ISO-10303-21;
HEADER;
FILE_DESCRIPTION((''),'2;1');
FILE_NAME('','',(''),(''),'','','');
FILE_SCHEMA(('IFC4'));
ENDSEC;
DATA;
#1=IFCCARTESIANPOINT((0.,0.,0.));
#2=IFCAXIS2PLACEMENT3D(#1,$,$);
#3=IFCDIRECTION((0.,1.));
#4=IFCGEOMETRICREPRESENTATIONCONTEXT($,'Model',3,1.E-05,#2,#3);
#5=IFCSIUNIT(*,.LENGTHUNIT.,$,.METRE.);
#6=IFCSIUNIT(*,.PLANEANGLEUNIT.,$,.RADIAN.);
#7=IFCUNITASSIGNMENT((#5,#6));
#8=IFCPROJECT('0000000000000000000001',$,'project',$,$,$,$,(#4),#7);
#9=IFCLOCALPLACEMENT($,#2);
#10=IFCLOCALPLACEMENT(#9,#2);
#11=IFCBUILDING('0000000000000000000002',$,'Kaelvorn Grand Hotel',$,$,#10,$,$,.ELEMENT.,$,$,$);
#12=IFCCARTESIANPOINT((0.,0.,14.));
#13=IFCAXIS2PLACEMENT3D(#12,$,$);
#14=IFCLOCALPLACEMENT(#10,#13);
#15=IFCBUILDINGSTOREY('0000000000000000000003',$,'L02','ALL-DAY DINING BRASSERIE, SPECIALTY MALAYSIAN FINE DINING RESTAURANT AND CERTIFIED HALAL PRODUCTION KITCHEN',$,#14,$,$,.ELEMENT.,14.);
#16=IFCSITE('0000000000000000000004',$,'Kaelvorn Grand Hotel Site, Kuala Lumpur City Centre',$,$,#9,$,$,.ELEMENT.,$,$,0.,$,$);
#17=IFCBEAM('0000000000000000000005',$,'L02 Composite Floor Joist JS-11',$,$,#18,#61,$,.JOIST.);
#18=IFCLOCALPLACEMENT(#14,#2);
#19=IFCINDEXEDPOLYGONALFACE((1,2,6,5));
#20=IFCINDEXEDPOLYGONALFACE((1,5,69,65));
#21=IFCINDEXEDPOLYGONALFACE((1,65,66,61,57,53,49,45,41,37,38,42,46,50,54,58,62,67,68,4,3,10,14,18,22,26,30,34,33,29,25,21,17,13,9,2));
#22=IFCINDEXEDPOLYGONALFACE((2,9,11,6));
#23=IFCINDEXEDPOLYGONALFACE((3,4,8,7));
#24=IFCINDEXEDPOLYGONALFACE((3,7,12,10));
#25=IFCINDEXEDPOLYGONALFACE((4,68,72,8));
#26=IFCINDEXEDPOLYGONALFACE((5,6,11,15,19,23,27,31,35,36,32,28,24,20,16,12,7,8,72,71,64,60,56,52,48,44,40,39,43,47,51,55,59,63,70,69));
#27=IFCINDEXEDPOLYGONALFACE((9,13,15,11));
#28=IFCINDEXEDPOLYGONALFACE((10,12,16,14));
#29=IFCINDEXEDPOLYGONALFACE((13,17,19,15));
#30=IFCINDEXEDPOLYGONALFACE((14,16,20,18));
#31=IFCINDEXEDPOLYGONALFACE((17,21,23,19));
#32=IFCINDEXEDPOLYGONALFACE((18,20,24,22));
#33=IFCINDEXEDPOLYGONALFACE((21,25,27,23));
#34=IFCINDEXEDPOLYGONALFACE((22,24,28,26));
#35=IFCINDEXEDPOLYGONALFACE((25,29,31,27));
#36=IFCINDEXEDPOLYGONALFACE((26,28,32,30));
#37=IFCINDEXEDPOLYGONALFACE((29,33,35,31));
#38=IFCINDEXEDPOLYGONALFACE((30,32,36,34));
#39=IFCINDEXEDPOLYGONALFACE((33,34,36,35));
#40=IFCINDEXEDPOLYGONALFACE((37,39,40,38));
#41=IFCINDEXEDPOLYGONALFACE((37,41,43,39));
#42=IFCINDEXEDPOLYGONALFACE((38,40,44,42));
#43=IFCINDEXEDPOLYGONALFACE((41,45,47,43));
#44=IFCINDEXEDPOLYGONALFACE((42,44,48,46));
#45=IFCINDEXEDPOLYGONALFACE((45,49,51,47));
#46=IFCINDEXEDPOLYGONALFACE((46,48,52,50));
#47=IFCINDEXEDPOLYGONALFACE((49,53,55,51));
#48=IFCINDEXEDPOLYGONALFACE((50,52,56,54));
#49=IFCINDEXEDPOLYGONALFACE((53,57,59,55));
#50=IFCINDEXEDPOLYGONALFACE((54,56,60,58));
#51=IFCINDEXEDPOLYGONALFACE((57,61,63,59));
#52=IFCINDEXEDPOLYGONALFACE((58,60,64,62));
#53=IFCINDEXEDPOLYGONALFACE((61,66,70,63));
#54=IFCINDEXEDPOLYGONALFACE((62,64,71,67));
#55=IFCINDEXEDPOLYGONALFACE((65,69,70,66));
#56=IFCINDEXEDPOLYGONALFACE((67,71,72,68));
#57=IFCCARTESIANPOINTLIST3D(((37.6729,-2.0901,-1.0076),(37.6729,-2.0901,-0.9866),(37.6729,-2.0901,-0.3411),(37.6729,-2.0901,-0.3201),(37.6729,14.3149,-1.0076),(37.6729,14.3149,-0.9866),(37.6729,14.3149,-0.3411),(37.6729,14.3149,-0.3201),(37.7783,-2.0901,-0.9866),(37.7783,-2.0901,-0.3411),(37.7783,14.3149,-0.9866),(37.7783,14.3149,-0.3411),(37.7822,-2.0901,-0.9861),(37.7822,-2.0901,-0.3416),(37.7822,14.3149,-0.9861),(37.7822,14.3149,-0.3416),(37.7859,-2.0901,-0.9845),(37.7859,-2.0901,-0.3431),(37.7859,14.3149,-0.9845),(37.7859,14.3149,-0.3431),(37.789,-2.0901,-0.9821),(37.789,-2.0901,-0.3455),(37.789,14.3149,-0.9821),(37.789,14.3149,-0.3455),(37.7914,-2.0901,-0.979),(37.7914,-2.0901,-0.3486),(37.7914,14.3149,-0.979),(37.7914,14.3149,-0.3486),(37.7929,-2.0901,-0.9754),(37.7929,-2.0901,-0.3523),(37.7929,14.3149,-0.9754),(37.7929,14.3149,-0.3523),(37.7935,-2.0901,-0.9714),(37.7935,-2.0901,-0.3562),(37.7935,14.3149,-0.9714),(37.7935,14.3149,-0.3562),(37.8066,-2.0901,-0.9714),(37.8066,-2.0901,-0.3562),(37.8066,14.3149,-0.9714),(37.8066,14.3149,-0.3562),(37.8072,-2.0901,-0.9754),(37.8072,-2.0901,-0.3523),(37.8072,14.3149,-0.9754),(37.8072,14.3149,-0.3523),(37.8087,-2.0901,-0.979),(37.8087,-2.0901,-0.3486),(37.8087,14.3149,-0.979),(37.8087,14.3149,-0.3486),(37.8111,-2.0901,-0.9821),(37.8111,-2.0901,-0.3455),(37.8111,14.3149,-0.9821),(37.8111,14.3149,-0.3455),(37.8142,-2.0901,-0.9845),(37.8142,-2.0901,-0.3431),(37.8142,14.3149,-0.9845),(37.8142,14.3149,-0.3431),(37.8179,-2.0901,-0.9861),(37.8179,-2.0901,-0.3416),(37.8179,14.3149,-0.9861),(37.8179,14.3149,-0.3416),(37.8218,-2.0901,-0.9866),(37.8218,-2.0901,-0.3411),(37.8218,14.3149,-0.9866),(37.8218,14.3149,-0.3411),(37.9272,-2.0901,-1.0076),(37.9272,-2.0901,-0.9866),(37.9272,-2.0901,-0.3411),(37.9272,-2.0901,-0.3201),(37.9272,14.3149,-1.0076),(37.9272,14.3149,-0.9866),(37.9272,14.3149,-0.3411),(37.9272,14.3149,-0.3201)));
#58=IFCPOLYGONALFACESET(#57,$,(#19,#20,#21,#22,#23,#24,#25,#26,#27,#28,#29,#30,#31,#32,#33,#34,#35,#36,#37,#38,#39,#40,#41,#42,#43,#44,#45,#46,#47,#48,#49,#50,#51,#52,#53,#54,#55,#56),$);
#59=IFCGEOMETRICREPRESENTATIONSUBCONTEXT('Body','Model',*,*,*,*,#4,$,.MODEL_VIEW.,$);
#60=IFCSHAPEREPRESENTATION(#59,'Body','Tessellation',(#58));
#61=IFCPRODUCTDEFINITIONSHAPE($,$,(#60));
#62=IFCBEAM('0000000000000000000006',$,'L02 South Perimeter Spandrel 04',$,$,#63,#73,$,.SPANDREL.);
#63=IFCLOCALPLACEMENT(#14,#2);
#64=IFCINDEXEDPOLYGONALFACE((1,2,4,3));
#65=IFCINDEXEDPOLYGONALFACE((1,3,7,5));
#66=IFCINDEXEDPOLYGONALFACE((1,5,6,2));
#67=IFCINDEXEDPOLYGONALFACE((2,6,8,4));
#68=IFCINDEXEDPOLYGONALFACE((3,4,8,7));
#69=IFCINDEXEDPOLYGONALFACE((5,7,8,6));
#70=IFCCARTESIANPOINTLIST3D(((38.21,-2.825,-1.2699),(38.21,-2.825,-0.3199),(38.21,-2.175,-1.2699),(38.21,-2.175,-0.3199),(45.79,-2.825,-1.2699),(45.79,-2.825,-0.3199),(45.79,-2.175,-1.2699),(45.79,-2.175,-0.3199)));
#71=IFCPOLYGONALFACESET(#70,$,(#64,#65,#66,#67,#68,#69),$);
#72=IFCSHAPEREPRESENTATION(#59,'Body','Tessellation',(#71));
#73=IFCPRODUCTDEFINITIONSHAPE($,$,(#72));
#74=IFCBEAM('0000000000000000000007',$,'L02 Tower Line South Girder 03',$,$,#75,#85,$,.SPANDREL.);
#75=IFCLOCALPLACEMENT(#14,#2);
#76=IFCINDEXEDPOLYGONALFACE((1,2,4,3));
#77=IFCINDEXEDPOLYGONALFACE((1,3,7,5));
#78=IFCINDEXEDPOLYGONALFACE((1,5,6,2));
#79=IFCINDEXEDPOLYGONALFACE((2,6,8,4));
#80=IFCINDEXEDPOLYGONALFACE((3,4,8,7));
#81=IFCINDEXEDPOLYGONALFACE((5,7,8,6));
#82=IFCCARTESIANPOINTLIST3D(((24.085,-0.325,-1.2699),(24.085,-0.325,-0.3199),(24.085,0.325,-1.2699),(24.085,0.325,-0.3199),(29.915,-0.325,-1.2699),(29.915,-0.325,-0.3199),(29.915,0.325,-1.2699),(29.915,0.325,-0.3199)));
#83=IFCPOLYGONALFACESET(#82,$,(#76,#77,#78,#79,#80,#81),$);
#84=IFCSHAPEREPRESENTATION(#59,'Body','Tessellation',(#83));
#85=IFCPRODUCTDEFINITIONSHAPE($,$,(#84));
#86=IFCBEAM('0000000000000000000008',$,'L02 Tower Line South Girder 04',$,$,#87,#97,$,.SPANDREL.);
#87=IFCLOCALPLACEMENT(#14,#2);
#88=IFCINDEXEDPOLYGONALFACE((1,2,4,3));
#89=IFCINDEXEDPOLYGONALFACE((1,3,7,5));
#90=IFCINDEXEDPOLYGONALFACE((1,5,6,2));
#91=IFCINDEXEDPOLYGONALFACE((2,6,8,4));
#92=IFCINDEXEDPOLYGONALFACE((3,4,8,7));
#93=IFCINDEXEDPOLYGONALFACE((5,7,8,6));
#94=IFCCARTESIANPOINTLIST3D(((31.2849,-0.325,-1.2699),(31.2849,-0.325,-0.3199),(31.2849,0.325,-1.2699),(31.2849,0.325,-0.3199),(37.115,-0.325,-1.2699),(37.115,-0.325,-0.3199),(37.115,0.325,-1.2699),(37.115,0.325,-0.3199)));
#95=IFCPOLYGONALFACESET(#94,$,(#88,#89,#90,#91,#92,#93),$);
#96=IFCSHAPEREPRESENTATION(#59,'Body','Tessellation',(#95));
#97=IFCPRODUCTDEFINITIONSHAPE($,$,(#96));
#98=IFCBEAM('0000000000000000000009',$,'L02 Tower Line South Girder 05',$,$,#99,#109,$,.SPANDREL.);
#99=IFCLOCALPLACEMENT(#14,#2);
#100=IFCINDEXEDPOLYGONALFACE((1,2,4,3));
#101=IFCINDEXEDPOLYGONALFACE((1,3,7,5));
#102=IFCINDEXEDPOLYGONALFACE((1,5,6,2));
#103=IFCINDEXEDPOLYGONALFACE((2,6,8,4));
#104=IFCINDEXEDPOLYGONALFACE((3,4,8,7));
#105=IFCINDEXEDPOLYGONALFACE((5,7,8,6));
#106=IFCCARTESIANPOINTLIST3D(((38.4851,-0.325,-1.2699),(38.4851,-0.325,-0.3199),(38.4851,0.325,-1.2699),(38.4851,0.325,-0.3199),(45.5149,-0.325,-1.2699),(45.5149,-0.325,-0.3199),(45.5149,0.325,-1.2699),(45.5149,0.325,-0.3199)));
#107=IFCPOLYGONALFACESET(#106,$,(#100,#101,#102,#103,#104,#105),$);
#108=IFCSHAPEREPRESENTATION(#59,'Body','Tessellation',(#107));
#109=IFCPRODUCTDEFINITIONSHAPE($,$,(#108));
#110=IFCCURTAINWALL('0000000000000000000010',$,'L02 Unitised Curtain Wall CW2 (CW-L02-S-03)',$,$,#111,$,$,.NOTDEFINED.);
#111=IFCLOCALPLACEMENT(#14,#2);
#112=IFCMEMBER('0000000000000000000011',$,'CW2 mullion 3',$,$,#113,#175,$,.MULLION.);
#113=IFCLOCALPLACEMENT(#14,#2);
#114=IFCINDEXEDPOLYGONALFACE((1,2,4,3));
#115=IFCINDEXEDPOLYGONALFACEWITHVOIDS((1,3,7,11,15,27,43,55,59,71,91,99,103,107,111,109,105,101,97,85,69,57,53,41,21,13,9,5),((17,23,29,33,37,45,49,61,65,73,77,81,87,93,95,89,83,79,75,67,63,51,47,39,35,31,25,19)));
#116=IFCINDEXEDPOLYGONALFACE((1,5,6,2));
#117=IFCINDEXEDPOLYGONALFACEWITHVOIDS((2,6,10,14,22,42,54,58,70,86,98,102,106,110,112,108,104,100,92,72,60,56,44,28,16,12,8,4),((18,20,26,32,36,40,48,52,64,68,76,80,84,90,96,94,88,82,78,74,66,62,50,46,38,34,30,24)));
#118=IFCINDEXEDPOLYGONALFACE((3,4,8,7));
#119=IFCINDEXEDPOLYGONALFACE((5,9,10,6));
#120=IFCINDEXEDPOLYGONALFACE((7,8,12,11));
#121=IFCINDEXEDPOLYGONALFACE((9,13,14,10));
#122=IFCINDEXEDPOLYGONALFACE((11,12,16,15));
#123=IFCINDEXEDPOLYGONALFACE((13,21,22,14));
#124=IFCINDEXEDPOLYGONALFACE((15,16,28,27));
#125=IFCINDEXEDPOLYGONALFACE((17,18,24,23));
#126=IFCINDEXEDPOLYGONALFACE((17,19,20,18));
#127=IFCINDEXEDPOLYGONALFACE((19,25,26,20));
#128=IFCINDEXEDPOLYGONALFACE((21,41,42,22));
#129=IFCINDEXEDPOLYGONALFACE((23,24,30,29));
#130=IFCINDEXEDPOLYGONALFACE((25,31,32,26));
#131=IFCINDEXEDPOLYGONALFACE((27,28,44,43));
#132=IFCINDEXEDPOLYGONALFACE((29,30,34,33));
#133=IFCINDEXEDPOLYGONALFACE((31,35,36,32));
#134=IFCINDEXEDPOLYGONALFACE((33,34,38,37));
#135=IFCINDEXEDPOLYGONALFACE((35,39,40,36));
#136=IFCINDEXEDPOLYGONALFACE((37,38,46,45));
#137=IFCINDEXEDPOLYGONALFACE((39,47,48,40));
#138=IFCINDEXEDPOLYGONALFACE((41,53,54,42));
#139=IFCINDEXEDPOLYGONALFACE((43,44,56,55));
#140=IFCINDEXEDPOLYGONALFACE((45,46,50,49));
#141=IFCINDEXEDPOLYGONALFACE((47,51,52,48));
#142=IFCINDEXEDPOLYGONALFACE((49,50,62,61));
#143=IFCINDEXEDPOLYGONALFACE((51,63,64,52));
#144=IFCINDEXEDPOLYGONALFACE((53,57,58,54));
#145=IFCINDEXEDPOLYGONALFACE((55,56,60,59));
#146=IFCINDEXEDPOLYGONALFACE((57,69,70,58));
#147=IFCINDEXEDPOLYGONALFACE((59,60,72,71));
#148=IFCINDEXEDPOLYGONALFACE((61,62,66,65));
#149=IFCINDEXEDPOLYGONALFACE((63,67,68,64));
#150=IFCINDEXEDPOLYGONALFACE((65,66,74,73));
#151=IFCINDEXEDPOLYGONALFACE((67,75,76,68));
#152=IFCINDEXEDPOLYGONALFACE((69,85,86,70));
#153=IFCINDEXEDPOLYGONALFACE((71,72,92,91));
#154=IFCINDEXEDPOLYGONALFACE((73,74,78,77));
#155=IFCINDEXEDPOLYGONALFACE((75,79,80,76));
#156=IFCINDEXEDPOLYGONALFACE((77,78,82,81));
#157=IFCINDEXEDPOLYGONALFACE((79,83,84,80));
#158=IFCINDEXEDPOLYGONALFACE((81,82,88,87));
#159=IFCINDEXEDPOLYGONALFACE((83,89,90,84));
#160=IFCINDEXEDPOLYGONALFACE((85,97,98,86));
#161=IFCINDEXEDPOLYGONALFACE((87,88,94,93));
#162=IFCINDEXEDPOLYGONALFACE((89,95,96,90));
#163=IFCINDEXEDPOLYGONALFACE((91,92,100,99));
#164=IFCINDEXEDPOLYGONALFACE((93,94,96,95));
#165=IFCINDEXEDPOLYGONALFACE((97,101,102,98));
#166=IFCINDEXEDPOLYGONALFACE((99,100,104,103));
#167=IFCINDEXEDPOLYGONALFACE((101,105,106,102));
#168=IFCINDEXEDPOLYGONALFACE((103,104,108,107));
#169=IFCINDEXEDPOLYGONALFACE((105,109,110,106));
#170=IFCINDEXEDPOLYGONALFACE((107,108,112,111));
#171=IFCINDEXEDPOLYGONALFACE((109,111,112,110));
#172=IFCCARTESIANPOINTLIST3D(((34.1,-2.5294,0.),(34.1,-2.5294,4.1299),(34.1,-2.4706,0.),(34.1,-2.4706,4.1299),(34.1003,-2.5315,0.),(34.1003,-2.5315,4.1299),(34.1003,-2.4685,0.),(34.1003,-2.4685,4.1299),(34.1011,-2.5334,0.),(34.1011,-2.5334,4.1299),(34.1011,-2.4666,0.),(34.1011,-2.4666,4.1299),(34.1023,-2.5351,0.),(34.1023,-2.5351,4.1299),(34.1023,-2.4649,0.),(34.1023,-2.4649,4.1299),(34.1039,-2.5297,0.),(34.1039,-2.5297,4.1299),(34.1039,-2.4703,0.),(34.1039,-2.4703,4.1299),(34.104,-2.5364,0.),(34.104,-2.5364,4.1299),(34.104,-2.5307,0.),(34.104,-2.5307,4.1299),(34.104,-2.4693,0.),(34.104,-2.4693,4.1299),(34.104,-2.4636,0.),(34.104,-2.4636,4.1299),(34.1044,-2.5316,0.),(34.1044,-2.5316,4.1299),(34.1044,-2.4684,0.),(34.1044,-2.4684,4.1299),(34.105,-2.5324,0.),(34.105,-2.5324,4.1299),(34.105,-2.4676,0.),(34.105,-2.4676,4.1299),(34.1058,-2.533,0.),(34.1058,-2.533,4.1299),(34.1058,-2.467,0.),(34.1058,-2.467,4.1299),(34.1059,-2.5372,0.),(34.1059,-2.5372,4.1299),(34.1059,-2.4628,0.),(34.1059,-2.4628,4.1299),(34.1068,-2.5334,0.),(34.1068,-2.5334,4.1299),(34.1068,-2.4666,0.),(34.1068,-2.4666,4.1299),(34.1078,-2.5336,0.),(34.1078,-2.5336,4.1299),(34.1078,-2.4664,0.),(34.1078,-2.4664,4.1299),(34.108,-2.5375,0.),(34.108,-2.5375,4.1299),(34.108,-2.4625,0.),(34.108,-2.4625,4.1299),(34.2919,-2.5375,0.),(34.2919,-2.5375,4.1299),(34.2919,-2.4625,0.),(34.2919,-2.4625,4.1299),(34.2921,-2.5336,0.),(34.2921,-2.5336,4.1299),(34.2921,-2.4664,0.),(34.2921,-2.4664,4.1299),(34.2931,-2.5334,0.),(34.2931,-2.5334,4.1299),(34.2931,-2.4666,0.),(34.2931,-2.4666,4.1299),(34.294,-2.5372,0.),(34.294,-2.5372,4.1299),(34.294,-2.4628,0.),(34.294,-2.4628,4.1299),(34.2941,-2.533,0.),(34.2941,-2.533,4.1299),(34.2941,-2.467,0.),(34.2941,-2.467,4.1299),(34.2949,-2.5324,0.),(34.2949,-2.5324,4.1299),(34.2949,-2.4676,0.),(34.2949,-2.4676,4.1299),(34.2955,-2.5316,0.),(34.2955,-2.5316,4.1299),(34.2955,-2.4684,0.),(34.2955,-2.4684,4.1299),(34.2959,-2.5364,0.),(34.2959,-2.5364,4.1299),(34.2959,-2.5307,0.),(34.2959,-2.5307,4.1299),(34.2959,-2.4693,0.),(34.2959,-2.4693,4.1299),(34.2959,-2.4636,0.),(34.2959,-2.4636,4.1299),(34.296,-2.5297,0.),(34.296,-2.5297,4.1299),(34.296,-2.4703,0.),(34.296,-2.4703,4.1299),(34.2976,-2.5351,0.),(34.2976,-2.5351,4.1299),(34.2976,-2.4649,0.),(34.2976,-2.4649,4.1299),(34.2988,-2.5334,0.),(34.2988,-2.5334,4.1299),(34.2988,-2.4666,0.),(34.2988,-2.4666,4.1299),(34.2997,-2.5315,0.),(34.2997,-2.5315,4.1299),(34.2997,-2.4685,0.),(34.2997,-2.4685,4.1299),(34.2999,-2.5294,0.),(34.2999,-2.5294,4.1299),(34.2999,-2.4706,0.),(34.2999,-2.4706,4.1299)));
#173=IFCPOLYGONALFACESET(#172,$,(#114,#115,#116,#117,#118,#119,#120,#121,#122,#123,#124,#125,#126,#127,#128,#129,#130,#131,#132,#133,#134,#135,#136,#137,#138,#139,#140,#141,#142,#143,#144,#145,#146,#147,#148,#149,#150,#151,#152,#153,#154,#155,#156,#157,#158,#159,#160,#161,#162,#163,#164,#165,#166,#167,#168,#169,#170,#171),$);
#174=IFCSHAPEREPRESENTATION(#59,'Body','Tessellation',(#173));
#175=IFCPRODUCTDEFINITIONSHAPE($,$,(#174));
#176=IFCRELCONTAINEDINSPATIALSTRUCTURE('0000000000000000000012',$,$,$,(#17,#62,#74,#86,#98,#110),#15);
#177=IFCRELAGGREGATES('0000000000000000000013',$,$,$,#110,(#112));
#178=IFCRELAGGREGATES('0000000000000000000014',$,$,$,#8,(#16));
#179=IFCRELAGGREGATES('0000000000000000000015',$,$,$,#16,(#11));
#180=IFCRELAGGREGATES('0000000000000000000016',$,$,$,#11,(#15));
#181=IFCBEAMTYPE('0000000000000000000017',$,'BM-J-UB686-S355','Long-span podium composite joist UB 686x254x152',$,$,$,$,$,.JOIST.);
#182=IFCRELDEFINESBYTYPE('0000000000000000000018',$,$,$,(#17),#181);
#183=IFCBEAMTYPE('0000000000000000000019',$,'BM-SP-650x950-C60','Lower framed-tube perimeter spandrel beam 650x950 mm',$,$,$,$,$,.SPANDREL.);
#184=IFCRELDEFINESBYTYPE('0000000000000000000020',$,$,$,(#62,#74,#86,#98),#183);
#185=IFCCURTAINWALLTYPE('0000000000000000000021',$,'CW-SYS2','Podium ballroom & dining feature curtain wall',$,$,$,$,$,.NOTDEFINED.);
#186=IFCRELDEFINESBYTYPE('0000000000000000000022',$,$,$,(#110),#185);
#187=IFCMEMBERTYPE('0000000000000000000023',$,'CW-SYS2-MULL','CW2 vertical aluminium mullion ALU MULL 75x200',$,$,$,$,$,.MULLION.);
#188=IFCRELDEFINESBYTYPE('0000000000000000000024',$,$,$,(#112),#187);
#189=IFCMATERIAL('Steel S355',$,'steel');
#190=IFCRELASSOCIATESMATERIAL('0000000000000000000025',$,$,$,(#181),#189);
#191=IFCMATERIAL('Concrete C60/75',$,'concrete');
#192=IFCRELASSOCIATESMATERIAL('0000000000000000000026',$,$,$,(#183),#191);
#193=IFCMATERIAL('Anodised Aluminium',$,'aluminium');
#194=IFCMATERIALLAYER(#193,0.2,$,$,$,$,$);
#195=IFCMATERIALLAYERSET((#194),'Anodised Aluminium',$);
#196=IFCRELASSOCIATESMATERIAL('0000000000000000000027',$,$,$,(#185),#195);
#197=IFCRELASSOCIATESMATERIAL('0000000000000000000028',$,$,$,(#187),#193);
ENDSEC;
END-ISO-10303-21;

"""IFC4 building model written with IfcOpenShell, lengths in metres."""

from ifc_helpers import new_model, si_unit, direction, frame, origin, origin_2d, place, context, subcontext, project, spatial, rectangle, hollow_rectangle, i_section, extrude, material, layer, layer_set, material_profile, profile_set, type_object, element, aggregate, save


model = new_model("IFC4")

# Units and contexts
model_context = context("Model", 3, precision=1e-05, world=origin(), true_north=direction((0.0, 1.0)))
body_context = subcontext(model_context, "Body", "Model", "MODEL_VIEW")
ifc_project = project(units=[si_unit("LENGTHUNIT", "METRE"), si_unit("PLANEANGLEUNIT", "RADIAN")], contexts=[model_context])

# Site, building, storey
site_placement = place(None, origin())
site = spatial("IfcSite", under=ifc_project, at=site_placement, Name="Kaelvorn Grand Hotel Site, Kuala Lumpur City Centre", CompositionType="ELEMENT", RefElevation=0.0)
building_placement = place(site_placement, origin())
building = spatial("IfcBuilding", under=site, at=building_placement, Name="Kaelvorn Grand Hotel", CompositionType="ELEMENT")
storey_placement = place(building_placement, frame((0.0, 0.0, 14.0)))
storey = spatial("IfcBuildingStorey", under=building, at=storey_placement, Name="L02", Description="ALL-DAY DINING BRASSERIE, SPECIALTY MALAYSIAN FINE DINING RESTAURANT AND CERTIFIED HALAL PRODUCTION KITCHEN", CompositionType="ELEMENT", Elevation=14.0)

# Beams
ifc_material_1 = material(Name="Steel S355", Category="steel")
ifc_material_profile_1 = material_profile(ifc_material_1, i_section(OverallWidth=0.2544, OverallDepth=0.6875, WebThickness=0.0132, FlangeThickness=0.021, FilletRadius=0.0151, at=origin_2d()), Name="UB 686x254x152")
ifc_profile_set_1 = profile_set([ifc_material_profile_1], Name="Steel S355")
beam_type_1 = type_object("IfcBeamType", Name="BM-J-UB686-S355", Description="Long-span podium composite joist UB 686x254x152", PredefinedType="JOIST", material=ifc_profile_set_1)
beam_1_placement = place(storey_placement, frame((37.8, -2.0901, -0.6638), z_axis=(0.0, 1.0, 0.0), x_axis=(-1.0, 0.0, 0.0)))
element("IfcBeam", 1, at=beam_1_placement, inside=storey, type_object=beam_type_1, Name="L02 Composite Floor Joist JS-11", PredefinedType="JOIST", context=body_context, shape_type="SweptSolid", body=[
    extrude(i_section(OverallWidth=0.2544, OverallDepth=0.6875, WebThickness=0.0132, FlangeThickness=0.021, FilletRadius=0.0151, at=origin_2d()), origin(), (0.0, 0.0, 1.0), 16.405),
])
ifc_material_2 = material(Name="Concrete C60/75", Category="concrete")
ifc_material_profile_2 = material_profile(ifc_material_2, rectangle(XDim=0.6499, YDim=0.95, at=origin_2d()), Name="RC SPANDREL 650x950")
ifc_profile_set_2 = profile_set([ifc_material_profile_2], Name="Concrete C60/75")
beam_type_2 = type_object("IfcBeamType", Name="BM-SP-650x950-C60", Description="Lower framed-tube perimeter spandrel beam 650x950 mm", PredefinedType="SPANDREL", material=ifc_profile_set_2)
beam_2_placement = place(storey_placement, frame((38.21, -2.5, -0.7949), z_axis=(1.0, 0.0, 0.0), x_axis=(0.0, 1.0, 0.0)))
element("IfcBeam", 2, at=beam_2_placement, inside=storey, type_object=beam_type_2, Name="L02 South Perimeter Spandrel 04", PredefinedType="SPANDREL", context=body_context, shape_type="SweptSolid", body=[
    extrude(rectangle(XDim=0.6499, YDim=0.95, at=origin_2d()), origin(), (0.0, 0.0, 1.0), 7.5801),
])
for number, where, z_axis, x_axis, name in (
    (3, (24.085, 0.0, -0.7949), (1.0, 0.0, 0.0), (0.0, 1.0, 0.0), "L02 Tower Line South Girder 03"),
    (4, (31.2849, 0.0, -0.7949), (1.0, 0.0, 0.0), (0.0, 1.0, 0.0), "L02 Tower Line South Girder 04"),
):
    element("IfcBeam", number, at=place(storey_placement, frame(where, z_axis=z_axis, x_axis=x_axis)), inside=storey, type_object=beam_type_2, Name=name, PredefinedType="SPANDREL", context=body_context, shape_type="SweptSolid", body=[
        extrude(rectangle(XDim=0.6499, YDim=0.95, at=origin_2d()), origin(), (0.0, 0.0, 1.0), 5.8301),
    ])
beam_3_placement = place(storey_placement, frame((38.4851, 0.0, -0.7949), z_axis=(1.0, 0.0, 0.0), x_axis=(0.0, 1.0, 0.0)))
element("IfcBeam", 5, at=beam_3_placement, inside=storey, type_object=beam_type_2, Name="L02 Tower Line South Girder 05", PredefinedType="SPANDREL", context=body_context, shape_type="SweptSolid", body=[
    extrude(rectangle(XDim=0.6499, YDim=0.95, at=origin_2d()), origin(), (0.0, 0.0, 1.0), 7.0298),
])

# Curtain wall, member
ifc_material_3 = material(Name="Anodised Aluminium", Category="aluminium")
ifc_layer_1 = layer(ifc_material_3, 0.2)
ifc_layer_set_1 = layer_set([ifc_layer_1], Name="Anodised Aluminium")
curtain_wall_type = type_object("IfcCurtainWallType", Name="CW-SYS2", Description="Podium ballroom & dining feature curtain wall", PredefinedType="NOTDEFINED", material=ifc_layer_set_1)
curtain_wall_placement = place(storey_placement, origin())
curtain_wall = element("IfcCurtainWall", 6, at=curtain_wall_placement, inside=storey, type_object=curtain_wall_type, Name="L02 Unitised Curtain Wall CW2 (CW-L02-S-03)", PredefinedType="NOTDEFINED")
ifc_material_profile_3 = material_profile(ifc_material_3, hollow_rectangle(XDim=0.075, YDim=0.2, WallThickness=0.0039, InnerFilletRadius=0.0039, OuterFilletRadius=0.0081, at=origin_2d()), Name="ALU MULL 75x200")
ifc_profile_set_3 = profile_set([ifc_material_profile_3], Name="Anodised Aluminium")
member_type_1 = type_object("IfcMemberType", Name="CW-SYS2-MULL", Description="CW2 vertical aluminium mullion ALU MULL 75x200", PredefinedType="MULLION", material=ifc_profile_set_3)
member_1_placement = place(storey_placement, frame((34.2, -2.5, 0.0), z_axis=(0.0, 0.0, 1.0), x_axis=(0.0, 1.0, 0.0)))
member_1 = element("IfcMember", 7, at=member_1_placement, type_object=member_type_1, Name="CW2 mullion 3", PredefinedType="MULLION", context=body_context, shape_type="SweptSolid", body=[
    extrude(hollow_rectangle(XDim=0.075, YDim=0.2, WallThickness=0.0039, InnerFilletRadius=0.0039, OuterFilletRadius=0.0081, at=origin_2d()), origin(), (0.0, 0.0, 1.0), 4.1299),
])
aggregate(curtain_wall, [member_1])

save(model, "model.ifc")
